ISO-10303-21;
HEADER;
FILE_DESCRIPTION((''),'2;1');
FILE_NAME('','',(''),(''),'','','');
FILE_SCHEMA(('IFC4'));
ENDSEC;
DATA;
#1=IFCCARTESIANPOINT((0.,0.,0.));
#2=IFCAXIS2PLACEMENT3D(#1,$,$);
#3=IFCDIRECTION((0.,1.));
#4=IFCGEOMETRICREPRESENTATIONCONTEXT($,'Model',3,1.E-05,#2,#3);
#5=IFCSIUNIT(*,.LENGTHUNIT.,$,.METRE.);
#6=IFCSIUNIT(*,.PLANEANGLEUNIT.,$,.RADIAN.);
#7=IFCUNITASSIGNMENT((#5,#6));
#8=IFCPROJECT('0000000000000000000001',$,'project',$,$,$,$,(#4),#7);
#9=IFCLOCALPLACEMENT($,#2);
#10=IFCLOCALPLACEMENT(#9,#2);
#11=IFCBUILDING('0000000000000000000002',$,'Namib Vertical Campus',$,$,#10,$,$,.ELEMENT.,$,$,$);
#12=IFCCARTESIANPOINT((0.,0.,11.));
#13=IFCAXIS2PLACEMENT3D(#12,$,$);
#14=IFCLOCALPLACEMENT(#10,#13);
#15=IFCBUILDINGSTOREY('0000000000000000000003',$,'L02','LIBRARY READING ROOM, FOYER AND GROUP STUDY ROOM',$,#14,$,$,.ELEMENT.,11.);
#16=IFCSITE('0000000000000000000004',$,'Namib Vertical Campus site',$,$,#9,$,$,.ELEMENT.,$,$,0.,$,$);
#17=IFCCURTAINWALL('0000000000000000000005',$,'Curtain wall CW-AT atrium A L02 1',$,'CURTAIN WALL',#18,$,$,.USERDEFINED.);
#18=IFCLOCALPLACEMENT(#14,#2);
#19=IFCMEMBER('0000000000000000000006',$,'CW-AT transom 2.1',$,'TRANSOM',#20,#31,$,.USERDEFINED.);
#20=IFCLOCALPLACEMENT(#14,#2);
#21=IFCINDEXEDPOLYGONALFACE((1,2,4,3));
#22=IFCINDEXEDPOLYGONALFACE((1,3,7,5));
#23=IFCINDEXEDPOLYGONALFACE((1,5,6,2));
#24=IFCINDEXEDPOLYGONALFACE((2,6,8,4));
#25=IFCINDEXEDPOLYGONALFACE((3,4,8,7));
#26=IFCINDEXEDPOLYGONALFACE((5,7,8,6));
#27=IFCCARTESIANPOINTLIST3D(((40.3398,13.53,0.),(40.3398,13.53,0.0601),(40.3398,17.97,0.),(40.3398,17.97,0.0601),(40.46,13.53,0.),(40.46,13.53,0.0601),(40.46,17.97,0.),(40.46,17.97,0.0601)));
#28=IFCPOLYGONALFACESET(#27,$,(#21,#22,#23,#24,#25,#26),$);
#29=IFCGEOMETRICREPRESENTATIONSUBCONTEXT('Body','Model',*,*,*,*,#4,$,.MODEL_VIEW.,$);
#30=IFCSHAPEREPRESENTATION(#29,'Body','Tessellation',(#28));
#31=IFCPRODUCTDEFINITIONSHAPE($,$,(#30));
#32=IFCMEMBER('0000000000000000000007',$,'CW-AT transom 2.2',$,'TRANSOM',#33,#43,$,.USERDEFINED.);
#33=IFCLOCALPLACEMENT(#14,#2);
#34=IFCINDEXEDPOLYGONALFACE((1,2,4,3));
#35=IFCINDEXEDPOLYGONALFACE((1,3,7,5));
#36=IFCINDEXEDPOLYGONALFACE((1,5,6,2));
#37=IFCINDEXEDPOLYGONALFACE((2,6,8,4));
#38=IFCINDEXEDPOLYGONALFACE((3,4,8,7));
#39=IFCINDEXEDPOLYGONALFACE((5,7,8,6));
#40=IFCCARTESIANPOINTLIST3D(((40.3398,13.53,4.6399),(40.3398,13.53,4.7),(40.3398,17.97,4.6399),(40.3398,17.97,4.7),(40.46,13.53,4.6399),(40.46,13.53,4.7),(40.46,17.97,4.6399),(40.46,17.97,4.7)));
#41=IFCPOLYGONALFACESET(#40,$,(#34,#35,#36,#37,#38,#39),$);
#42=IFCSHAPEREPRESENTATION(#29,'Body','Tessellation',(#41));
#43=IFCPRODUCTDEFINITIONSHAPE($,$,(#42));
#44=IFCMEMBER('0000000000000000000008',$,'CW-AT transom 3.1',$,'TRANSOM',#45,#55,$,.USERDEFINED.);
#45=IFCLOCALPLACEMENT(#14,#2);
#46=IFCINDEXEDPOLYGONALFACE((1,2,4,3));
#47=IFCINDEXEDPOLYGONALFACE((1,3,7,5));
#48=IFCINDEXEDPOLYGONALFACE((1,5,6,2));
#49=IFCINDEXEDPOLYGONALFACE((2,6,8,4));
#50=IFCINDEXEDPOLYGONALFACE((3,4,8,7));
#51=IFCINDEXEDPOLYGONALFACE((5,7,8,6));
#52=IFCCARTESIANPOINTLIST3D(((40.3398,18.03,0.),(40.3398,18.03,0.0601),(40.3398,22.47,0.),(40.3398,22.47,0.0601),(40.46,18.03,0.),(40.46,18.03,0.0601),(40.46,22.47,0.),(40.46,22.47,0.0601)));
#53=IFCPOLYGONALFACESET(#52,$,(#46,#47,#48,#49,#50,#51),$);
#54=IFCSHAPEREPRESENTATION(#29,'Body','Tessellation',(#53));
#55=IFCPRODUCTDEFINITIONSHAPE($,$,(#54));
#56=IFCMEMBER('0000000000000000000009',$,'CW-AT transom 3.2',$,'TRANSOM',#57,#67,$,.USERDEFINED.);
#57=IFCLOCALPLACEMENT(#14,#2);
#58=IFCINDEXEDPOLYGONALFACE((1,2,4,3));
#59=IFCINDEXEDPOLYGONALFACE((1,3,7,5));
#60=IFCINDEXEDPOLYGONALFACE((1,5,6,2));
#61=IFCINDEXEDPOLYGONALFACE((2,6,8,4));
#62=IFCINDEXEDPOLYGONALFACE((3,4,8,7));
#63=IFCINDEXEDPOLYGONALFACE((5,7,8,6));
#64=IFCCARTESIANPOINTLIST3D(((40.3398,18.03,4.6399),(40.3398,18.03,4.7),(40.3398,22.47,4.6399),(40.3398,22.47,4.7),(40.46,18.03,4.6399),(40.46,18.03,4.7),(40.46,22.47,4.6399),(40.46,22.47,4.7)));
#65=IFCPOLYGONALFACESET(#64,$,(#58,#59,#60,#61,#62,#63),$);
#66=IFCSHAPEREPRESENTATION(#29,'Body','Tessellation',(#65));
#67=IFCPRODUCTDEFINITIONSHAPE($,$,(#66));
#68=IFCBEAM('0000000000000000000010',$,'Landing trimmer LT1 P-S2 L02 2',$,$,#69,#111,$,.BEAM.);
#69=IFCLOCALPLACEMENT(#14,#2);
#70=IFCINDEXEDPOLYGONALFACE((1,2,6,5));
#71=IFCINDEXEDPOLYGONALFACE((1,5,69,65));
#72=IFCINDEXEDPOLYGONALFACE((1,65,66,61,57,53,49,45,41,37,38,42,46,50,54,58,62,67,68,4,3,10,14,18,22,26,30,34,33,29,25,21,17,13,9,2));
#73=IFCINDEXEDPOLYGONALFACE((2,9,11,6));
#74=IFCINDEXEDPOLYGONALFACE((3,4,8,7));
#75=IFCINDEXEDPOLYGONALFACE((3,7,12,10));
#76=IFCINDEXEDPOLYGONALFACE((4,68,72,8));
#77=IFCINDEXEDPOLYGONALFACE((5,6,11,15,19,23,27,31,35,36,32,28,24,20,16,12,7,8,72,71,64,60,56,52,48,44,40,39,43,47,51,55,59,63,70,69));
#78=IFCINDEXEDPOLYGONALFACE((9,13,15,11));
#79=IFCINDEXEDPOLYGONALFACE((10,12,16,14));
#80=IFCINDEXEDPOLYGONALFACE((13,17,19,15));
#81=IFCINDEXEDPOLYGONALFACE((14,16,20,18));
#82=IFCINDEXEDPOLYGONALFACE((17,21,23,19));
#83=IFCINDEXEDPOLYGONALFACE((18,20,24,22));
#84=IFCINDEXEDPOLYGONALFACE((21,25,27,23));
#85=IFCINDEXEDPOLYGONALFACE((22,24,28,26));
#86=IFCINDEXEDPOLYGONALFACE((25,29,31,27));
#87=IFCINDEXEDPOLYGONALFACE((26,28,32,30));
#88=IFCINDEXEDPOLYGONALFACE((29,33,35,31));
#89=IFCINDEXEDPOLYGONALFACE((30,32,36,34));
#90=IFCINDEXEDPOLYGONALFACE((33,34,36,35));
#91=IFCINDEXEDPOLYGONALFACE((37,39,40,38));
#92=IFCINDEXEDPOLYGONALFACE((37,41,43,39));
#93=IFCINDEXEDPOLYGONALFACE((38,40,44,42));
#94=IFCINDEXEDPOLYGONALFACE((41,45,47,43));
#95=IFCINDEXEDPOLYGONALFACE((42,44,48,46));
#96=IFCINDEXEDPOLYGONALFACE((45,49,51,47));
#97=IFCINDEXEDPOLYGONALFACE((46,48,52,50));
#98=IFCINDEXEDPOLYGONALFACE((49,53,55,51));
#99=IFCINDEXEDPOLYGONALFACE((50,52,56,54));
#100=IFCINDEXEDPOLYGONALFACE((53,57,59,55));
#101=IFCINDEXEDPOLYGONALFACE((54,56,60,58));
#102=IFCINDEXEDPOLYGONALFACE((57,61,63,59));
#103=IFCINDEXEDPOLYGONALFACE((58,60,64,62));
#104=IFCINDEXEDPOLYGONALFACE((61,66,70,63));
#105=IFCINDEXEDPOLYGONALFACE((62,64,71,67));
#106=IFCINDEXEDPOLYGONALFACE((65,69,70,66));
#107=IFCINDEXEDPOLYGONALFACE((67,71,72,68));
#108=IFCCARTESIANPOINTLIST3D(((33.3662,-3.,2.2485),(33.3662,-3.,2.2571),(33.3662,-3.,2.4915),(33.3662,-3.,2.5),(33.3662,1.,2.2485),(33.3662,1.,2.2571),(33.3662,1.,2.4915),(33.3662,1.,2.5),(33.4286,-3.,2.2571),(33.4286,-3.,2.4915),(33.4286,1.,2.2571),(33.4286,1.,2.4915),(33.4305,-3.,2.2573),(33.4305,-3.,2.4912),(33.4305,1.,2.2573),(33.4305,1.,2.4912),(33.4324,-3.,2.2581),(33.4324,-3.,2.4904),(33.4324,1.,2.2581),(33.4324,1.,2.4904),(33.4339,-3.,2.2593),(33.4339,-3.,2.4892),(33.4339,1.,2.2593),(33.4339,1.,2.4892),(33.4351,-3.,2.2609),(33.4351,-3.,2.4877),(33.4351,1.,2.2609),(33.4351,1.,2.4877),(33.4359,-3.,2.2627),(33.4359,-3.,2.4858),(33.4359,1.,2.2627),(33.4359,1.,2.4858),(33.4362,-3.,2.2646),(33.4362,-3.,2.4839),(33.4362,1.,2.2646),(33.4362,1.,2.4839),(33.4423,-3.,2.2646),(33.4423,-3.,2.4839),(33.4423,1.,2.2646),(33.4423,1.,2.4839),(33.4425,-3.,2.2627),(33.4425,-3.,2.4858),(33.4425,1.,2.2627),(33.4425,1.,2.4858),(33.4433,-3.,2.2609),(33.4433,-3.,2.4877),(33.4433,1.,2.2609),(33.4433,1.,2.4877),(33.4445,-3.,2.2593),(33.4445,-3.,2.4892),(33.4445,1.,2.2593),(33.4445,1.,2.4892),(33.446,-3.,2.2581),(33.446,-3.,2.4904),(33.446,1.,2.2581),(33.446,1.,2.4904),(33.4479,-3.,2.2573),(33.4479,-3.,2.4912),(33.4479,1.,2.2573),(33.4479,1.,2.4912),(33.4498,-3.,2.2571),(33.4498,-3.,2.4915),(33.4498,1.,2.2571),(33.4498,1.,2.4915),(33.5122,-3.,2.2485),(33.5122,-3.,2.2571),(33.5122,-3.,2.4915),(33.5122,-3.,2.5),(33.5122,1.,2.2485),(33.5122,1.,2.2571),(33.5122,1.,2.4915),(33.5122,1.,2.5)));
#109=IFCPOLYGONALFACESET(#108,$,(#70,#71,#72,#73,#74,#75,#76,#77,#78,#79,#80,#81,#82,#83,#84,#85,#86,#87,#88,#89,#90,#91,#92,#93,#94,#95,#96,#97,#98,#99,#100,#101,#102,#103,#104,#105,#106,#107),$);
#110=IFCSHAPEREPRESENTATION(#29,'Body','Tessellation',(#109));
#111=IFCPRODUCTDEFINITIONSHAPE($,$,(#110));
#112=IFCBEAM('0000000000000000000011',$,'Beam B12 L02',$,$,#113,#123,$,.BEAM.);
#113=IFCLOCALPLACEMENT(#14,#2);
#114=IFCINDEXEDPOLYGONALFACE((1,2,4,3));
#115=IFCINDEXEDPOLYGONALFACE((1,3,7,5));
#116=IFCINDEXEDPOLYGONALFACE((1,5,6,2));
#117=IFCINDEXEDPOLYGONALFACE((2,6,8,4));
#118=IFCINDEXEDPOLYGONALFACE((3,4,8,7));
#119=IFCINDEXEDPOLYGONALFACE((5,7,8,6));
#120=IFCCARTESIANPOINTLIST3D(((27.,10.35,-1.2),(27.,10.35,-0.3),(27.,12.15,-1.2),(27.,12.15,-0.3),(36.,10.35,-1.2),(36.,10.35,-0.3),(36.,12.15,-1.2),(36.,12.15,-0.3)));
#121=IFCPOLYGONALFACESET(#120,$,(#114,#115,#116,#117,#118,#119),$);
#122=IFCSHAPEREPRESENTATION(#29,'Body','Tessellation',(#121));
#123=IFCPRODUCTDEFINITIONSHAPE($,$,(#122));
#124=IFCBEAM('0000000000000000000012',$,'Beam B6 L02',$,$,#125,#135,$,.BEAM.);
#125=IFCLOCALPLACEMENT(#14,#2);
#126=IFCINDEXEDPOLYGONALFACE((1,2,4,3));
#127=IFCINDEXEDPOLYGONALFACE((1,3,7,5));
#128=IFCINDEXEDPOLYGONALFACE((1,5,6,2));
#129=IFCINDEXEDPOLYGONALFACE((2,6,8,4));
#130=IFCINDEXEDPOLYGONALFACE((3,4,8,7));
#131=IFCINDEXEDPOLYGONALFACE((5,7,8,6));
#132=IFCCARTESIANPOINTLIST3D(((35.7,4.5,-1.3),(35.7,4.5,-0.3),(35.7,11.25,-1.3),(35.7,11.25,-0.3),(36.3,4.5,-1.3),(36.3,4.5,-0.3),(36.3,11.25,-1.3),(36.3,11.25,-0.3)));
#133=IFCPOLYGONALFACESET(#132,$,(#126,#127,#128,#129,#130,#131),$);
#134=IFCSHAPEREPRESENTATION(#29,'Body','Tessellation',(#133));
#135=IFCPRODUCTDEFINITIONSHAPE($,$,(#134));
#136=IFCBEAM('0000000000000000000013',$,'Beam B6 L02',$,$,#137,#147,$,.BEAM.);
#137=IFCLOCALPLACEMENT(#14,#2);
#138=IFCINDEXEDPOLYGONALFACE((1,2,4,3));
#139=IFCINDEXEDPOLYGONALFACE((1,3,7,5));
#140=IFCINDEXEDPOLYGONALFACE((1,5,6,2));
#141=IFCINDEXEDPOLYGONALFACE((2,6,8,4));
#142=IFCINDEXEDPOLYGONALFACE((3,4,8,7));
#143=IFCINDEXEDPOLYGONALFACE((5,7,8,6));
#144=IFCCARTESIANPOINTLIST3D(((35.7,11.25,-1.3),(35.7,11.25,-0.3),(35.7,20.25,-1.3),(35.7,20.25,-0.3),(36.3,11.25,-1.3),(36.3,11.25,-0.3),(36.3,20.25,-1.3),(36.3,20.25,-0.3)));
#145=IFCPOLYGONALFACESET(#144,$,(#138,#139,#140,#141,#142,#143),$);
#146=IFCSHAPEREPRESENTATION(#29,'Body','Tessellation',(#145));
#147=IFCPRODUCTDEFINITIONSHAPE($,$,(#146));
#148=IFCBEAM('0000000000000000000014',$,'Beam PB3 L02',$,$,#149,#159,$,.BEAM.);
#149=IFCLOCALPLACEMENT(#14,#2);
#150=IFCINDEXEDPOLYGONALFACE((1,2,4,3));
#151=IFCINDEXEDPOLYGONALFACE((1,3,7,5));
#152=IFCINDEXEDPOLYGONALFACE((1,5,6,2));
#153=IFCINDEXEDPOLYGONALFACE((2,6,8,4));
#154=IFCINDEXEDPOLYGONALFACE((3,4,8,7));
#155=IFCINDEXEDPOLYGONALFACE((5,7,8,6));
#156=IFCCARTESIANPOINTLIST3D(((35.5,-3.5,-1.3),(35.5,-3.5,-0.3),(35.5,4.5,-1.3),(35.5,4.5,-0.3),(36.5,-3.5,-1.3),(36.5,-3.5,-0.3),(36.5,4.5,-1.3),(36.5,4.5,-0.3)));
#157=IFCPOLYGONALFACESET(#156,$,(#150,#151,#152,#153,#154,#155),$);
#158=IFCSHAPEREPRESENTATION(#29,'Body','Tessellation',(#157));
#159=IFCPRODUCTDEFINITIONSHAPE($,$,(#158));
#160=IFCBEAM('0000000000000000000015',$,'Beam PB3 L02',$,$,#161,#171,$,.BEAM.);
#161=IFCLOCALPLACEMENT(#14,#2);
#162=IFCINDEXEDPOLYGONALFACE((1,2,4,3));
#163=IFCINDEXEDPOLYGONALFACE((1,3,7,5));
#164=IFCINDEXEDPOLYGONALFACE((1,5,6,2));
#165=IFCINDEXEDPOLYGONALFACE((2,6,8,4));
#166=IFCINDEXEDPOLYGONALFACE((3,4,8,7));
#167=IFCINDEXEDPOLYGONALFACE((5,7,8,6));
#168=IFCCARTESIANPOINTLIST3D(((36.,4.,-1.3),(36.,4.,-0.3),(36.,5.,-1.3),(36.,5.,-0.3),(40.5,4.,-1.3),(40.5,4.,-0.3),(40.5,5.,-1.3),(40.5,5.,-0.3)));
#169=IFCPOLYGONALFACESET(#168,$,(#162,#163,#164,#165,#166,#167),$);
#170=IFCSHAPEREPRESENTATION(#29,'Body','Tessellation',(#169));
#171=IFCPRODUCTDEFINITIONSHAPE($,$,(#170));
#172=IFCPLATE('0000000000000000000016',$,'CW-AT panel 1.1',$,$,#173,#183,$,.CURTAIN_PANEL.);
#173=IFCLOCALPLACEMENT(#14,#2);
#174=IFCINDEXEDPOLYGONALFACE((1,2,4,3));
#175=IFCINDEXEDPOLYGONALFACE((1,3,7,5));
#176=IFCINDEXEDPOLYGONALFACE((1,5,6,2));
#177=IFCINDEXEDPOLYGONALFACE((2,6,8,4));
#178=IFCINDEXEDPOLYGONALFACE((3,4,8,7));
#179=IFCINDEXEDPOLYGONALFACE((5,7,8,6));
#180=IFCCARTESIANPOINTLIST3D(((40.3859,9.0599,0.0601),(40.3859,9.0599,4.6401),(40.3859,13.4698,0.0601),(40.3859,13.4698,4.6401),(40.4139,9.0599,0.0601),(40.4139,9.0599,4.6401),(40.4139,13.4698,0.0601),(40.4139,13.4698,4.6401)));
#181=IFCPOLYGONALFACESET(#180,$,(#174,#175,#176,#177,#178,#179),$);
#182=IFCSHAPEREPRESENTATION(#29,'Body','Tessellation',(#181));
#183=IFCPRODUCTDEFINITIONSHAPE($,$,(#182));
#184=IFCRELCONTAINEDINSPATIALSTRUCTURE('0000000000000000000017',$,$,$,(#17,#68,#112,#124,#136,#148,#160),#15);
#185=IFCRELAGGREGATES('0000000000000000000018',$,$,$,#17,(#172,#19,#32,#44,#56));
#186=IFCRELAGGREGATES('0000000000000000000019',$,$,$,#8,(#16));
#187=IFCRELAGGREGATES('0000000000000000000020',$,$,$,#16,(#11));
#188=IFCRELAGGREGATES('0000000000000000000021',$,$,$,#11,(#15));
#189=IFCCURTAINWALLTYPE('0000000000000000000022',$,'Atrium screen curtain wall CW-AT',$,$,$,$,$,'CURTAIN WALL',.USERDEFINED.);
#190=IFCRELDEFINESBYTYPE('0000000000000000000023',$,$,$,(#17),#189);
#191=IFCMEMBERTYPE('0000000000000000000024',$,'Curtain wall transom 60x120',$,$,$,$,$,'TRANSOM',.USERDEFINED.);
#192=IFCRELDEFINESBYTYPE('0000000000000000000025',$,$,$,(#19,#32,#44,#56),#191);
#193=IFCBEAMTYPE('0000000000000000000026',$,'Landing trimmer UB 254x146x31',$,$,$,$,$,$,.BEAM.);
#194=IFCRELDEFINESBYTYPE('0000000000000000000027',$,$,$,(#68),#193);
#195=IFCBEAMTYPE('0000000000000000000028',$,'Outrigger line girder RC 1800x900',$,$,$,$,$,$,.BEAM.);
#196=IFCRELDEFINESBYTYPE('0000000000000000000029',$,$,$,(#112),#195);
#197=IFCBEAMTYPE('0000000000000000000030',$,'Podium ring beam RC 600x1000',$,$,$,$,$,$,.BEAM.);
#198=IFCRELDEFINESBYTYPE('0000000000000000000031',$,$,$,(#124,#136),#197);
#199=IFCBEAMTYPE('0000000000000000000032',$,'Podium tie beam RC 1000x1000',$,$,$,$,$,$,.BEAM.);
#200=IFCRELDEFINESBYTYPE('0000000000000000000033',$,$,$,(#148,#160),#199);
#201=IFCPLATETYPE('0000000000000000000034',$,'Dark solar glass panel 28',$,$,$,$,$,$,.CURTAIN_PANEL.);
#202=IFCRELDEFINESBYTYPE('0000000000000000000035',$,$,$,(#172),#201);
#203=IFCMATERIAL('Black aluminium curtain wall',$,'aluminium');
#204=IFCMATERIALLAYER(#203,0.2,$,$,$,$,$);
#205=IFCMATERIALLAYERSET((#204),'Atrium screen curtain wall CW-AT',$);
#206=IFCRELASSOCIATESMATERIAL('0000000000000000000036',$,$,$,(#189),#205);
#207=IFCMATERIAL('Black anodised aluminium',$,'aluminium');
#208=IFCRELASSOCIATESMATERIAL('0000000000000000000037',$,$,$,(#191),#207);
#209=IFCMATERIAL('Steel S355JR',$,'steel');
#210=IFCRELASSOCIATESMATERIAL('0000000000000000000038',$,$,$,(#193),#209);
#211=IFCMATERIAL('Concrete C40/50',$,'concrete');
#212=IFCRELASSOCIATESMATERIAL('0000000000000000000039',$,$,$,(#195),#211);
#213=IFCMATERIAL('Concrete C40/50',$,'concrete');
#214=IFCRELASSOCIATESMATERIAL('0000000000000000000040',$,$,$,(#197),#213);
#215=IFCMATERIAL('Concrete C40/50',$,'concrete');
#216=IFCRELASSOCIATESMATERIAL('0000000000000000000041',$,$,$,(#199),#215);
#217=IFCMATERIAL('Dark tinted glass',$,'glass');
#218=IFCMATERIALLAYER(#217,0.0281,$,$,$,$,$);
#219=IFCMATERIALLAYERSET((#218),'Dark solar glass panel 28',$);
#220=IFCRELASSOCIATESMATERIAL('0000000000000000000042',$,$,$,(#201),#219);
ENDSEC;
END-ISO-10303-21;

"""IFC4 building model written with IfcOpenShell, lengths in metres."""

from ifc_helpers import new_model, si_unit, direction, frame, origin, origin_2d, place, context, subcontext, project, spatial, rectangle, i_section, extrude, material, layer, layer_set, material_profile, profile_set, type_object, element, aggregate, save


model = new_model("IFC4")

# Units and contexts
model_context = context("Model", 3, precision=1e-05, world=origin(), true_north=direction((0.0, 1.0)))
body_context = subcontext(model_context, "Body", "Model", "MODEL_VIEW")
ifc_project = project(units=[si_unit("LENGTHUNIT", "METRE"), si_unit("PLANEANGLEUNIT", "RADIAN")], contexts=[model_context])

# Site, building, storey
site_placement = place(None, origin())
site = spatial("IfcSite", under=ifc_project, at=site_placement, Name="Namib Vertical Campus site", CompositionType="ELEMENT", RefElevation=0.0)
building_placement = place(site_placement, origin())
building = spatial("IfcBuilding", under=site, at=building_placement, Name="Namib Vertical Campus", CompositionType="ELEMENT")
storey_placement = place(building_placement, frame((0.0, 0.0, 11.0)))
storey = spatial("IfcBuildingStorey", under=building, at=storey_placement, Name="L02", Description="LIBRARY READING ROOM, FOYER AND GROUP STUDY ROOM", CompositionType="ELEMENT", Elevation=11.0)

# Curtain wall, members
ifc_material_1 = material(Name="Black aluminium curtain wall", Category="aluminium")
ifc_layer_1 = layer(ifc_material_1, 0.2)
ifc_layer_set_1 = layer_set([ifc_layer_1], Name="Atrium screen curtain wall CW-AT")
curtain_wall_type = type_object("IfcCurtainWallType", Name="Atrium screen curtain wall CW-AT", ElementType="CURTAIN WALL", PredefinedType="USERDEFINED", material=ifc_layer_set_1)
curtain_wall_placement = place(storey_placement, origin())
curtain_wall = element("IfcCurtainWall", 1, at=curtain_wall_placement, inside=storey, type_object=curtain_wall_type, Name="Curtain wall CW-AT atrium A L02 1", ObjectType="CURTAIN WALL", PredefinedType="USERDEFINED")
ifc_material_2 = material(Name="Black anodised aluminium", Category="aluminium")
ifc_material_profile_1 = material_profile(ifc_material_2, rectangle(XDim=0.0601, YDim=0.1201, at=origin_2d()))
ifc_profile_set_1 = profile_set([ifc_material_profile_1], Name="Black anodised aluminium")
member_type_1 = type_object("IfcMemberType", Name="Curtain wall transom 60x120", ElementType="TRANSOM", PredefinedType="USERDEFINED", material=ifc_profile_set_1)
member_1_placement = place(storey_placement, frame((40.3999, 13.53, 0.03), z_axis=(0.0, 1.0, 0.0), x_axis=(0.0, 0.0, 1.0)))
member_1 = element("IfcMember", 2, at=member_1_placement, type_object=member_type_1, Name="CW-AT transom 2.1", ObjectType="TRANSOM", PredefinedType="USERDEFINED", context=body_context, shape_type="SweptSolid", body=[
    extrude(rectangle(XDim=0.0601, YDim=0.1201, at=origin_2d()), origin(), (0.0, 0.0, 1.0), 4.4399),
])
member_2_placement = place(storey_placement, frame((40.3999, 13.53, 4.6699), z_axis=(0.0, 1.0, 0.0), x_axis=(0.0, 0.0, 1.0)))
member_2 = element("IfcMember", 3, at=member_2_placement, type_object=member_type_1, Name="CW-AT transom 2.2", ObjectType="TRANSOM", PredefinedType="USERDEFINED", context=body_context, shape_type="SweptSolid", body=[
    extrude(rectangle(XDim=0.0601, YDim=0.1201, at=origin_2d()), origin(), (0.0, 0.0, 1.0), 4.4399),
])
member_3_placement = place(storey_placement, frame((40.3999, 18.03, 0.03), z_axis=(0.0, 1.0, 0.0), x_axis=(0.0, 0.0, 1.0)))
member_3 = element("IfcMember", 4, at=member_3_placement, type_object=member_type_1, Name="CW-AT transom 3.1", ObjectType="TRANSOM", PredefinedType="USERDEFINED", context=body_context, shape_type="SweptSolid", body=[
    extrude(rectangle(XDim=0.0601, YDim=0.1201, at=origin_2d()), origin(), (0.0, 0.0, 1.0), 4.4399),
])
member_4_placement = place(storey_placement, frame((40.3999, 18.03, 4.6699), z_axis=(0.0, 1.0, 0.0), x_axis=(0.0, 0.0, 1.0)))
member_4 = element("IfcMember", 5, at=member_4_placement, type_object=member_type_1, Name="CW-AT transom 3.2", ObjectType="TRANSOM", PredefinedType="USERDEFINED", context=body_context, shape_type="SweptSolid", body=[
    extrude(rectangle(XDim=0.0601, YDim=0.1201, at=origin_2d()), origin(), (0.0, 0.0, 1.0), 4.4399),
])

# Beams
ifc_material_3 = material(Name="Steel S355JR", Category="steel")
ifc_material_profile_2 = material_profile(ifc_material_3, i_section(OverallWidth=0.146, OverallDepth=0.2515, WebThickness=0.0061, FlangeThickness=0.0085, FilletRadius=0.0076, at=origin_2d()))
ifc_profile_set_2 = profile_set([ifc_material_profile_2], Name="Steel S355JR")
beam_type_1 = type_object("IfcBeamType", Name="Landing trimmer UB 254x146x31", PredefinedType="BEAM", material=ifc_profile_set_2)
beam_1_placement = place(storey_placement, frame((33.4392, -3.0, 2.3743), z_axis=(0.0, 1.0, 0.0), x_axis=(-1.0, 0.0, 0.0)))
element("IfcBeam", 6, at=beam_1_placement, inside=storey, type_object=beam_type_1, Name="Landing trimmer LT1 P-S2 L02 2", PredefinedType="BEAM", context=body_context, shape_type="SweptSolid", body=[
    extrude(i_section(OverallWidth=0.146, OverallDepth=0.2515, WebThickness=0.0061, FlangeThickness=0.0085, FilletRadius=0.0076, at=origin_2d()), origin(), (0.0, 0.0, 1.0), 4.0),
])
ifc_material_4 = material(Name="Concrete C40/50", Category="concrete")
ifc_material_profile_3 = material_profile(ifc_material_4, rectangle(XDim=1.8, YDim=0.8999, at=origin_2d()))
ifc_profile_set_3 = profile_set([ifc_material_profile_3], Name="Concrete C40/50")
beam_type_2 = type_object("IfcBeamType", Name="Outrigger line girder RC 1800x900", PredefinedType="BEAM", material=ifc_profile_set_3)
beam_2_placement = place(storey_placement, frame((36.0, 11.25, -0.75), z_axis=(-1.0, 0.0, 0.0), x_axis=(0.0, -1.0, 0.0)))
element("IfcBeam", 7, at=beam_2_placement, inside=storey, type_object=beam_type_2, Name="Beam B12 L02", PredefinedType="BEAM", context=body_context, shape_type="SweptSolid", body=[
    extrude(rectangle(XDim=1.8, YDim=0.8999, at=origin_2d()), origin(), (0.0, 0.0, 1.0), 9.0),
])
ifc_material_5 = material(Name="Concrete C40/50", Category="concrete")
ifc_material_profile_4 = material_profile(ifc_material_5, rectangle(XDim=0.6001, YDim=1.0, at=origin_2d()))
ifc_profile_set_4 = profile_set([ifc_material_profile_4], Name="Concrete C40/50")
beam_type_3 = type_object("IfcBeamType", Name="Podium ring beam RC 600x1000", PredefinedType="BEAM", material=ifc_profile_set_4)
beam_3_placement = place(storey_placement, frame((36.0, 4.5, -0.8), z_axis=(0.0, 1.0, 0.0), x_axis=(-1.0, 0.0, 0.0)))
element("IfcBeam", 8, at=beam_3_placement, inside=storey, type_object=beam_type_3, Name="Beam B6 L02", PredefinedType="BEAM", context=body_context, shape_type="SweptSolid", body=[
    extrude(rectangle(XDim=0.6001, YDim=1.0, at=origin_2d()), origin(), (0.0, 0.0, 1.0), 6.75),
])
beam_4_placement = place(storey_placement, frame((36.0, 11.25, -0.8), z_axis=(0.0, 1.0, 0.0), x_axis=(-1.0, 0.0, 0.0)))
element("IfcBeam", 9, at=beam_4_placement, inside=storey, type_object=beam_type_3, Name="Beam B6 L02", PredefinedType="BEAM", context=body_context, shape_type="SweptSolid", body=[
    extrude(rectangle(XDim=0.6001, YDim=1.0, at=origin_2d()), origin(), (0.0, 0.0, 1.0), 9.0),
])
ifc_material_6 = material(Name="Concrete C40/50", Category="concrete")
ifc_material_profile_5 = material_profile(ifc_material_6, rectangle(XDim=1.0, YDim=1.0, at=origin_2d()))
ifc_profile_set_5 = profile_set([ifc_material_profile_5], Name="Concrete C40/50")
beam_type_4 = type_object("IfcBeamType", Name="Podium tie beam RC 1000x1000", PredefinedType="BEAM", material=ifc_profile_set_5)
beam_5_placement = place(storey_placement, frame((36.0, -3.5, -0.8), z_axis=(0.0, 1.0, 0.0), x_axis=(-1.0, 0.0, 0.0)))
element("IfcBeam", 10, at=beam_5_placement, inside=storey, type_object=beam_type_4, Name="Beam PB3 L02", PredefinedType="BEAM", context=body_context, shape_type="SweptSolid", body=[
    extrude(rectangle(XDim=1.0, YDim=1.0, at=origin_2d()), origin(), (0.0, 0.0, 1.0), 8.0),
])
beam_6_placement = place(storey_placement, frame((36.0, 4.5, -0.8), z_axis=(1.0, 0.0, 0.0), x_axis=(0.0, 1.0, 0.0)))
element("IfcBeam", 11, at=beam_6_placement, inside=storey, type_object=beam_type_4, Name="Beam PB3 L02", PredefinedType="BEAM", context=body_context, shape_type="SweptSolid", body=[
    extrude(rectangle(XDim=1.0, YDim=1.0, at=origin_2d()), origin(), (0.0, 0.0, 1.0), 4.5),
])

# Plate
ifc_material_7 = material(Name="Dark tinted glass", Category="glass")
ifc_layer_2 = layer(ifc_material_7, 0.0281)
ifc_layer_set_2 = layer_set([ifc_layer_2], Name="Dark solar glass panel 28")
plate_type = type_object("IfcPlateType", Name="Dark solar glass panel 28", PredefinedType="CURTAIN_PANEL", material=ifc_layer_set_2)
plate_1_placement = place(storey_placement, frame((40.3999, 11.2649, 0.0601), z_axis=(0.0, 0.0, 1.0), x_axis=(0.0, 1.0, 0.0)))
plate_1 = element("IfcPlate", 12, at=plate_1_placement, type_object=plate_type, Name="CW-AT panel 1.1", PredefinedType="CURTAIN_PANEL", context=body_context, shape_type="SweptSolid", body=[
    extrude(rectangle(XDim=4.4099, YDim=0.0281, at=origin_2d()), origin(), (0.0, 0.0, 1.0), 4.5801),
])
aggregate(curtain_wall, [plate_1, member_1, member_2, member_3, member_4])

save(model, "model.ifc")
